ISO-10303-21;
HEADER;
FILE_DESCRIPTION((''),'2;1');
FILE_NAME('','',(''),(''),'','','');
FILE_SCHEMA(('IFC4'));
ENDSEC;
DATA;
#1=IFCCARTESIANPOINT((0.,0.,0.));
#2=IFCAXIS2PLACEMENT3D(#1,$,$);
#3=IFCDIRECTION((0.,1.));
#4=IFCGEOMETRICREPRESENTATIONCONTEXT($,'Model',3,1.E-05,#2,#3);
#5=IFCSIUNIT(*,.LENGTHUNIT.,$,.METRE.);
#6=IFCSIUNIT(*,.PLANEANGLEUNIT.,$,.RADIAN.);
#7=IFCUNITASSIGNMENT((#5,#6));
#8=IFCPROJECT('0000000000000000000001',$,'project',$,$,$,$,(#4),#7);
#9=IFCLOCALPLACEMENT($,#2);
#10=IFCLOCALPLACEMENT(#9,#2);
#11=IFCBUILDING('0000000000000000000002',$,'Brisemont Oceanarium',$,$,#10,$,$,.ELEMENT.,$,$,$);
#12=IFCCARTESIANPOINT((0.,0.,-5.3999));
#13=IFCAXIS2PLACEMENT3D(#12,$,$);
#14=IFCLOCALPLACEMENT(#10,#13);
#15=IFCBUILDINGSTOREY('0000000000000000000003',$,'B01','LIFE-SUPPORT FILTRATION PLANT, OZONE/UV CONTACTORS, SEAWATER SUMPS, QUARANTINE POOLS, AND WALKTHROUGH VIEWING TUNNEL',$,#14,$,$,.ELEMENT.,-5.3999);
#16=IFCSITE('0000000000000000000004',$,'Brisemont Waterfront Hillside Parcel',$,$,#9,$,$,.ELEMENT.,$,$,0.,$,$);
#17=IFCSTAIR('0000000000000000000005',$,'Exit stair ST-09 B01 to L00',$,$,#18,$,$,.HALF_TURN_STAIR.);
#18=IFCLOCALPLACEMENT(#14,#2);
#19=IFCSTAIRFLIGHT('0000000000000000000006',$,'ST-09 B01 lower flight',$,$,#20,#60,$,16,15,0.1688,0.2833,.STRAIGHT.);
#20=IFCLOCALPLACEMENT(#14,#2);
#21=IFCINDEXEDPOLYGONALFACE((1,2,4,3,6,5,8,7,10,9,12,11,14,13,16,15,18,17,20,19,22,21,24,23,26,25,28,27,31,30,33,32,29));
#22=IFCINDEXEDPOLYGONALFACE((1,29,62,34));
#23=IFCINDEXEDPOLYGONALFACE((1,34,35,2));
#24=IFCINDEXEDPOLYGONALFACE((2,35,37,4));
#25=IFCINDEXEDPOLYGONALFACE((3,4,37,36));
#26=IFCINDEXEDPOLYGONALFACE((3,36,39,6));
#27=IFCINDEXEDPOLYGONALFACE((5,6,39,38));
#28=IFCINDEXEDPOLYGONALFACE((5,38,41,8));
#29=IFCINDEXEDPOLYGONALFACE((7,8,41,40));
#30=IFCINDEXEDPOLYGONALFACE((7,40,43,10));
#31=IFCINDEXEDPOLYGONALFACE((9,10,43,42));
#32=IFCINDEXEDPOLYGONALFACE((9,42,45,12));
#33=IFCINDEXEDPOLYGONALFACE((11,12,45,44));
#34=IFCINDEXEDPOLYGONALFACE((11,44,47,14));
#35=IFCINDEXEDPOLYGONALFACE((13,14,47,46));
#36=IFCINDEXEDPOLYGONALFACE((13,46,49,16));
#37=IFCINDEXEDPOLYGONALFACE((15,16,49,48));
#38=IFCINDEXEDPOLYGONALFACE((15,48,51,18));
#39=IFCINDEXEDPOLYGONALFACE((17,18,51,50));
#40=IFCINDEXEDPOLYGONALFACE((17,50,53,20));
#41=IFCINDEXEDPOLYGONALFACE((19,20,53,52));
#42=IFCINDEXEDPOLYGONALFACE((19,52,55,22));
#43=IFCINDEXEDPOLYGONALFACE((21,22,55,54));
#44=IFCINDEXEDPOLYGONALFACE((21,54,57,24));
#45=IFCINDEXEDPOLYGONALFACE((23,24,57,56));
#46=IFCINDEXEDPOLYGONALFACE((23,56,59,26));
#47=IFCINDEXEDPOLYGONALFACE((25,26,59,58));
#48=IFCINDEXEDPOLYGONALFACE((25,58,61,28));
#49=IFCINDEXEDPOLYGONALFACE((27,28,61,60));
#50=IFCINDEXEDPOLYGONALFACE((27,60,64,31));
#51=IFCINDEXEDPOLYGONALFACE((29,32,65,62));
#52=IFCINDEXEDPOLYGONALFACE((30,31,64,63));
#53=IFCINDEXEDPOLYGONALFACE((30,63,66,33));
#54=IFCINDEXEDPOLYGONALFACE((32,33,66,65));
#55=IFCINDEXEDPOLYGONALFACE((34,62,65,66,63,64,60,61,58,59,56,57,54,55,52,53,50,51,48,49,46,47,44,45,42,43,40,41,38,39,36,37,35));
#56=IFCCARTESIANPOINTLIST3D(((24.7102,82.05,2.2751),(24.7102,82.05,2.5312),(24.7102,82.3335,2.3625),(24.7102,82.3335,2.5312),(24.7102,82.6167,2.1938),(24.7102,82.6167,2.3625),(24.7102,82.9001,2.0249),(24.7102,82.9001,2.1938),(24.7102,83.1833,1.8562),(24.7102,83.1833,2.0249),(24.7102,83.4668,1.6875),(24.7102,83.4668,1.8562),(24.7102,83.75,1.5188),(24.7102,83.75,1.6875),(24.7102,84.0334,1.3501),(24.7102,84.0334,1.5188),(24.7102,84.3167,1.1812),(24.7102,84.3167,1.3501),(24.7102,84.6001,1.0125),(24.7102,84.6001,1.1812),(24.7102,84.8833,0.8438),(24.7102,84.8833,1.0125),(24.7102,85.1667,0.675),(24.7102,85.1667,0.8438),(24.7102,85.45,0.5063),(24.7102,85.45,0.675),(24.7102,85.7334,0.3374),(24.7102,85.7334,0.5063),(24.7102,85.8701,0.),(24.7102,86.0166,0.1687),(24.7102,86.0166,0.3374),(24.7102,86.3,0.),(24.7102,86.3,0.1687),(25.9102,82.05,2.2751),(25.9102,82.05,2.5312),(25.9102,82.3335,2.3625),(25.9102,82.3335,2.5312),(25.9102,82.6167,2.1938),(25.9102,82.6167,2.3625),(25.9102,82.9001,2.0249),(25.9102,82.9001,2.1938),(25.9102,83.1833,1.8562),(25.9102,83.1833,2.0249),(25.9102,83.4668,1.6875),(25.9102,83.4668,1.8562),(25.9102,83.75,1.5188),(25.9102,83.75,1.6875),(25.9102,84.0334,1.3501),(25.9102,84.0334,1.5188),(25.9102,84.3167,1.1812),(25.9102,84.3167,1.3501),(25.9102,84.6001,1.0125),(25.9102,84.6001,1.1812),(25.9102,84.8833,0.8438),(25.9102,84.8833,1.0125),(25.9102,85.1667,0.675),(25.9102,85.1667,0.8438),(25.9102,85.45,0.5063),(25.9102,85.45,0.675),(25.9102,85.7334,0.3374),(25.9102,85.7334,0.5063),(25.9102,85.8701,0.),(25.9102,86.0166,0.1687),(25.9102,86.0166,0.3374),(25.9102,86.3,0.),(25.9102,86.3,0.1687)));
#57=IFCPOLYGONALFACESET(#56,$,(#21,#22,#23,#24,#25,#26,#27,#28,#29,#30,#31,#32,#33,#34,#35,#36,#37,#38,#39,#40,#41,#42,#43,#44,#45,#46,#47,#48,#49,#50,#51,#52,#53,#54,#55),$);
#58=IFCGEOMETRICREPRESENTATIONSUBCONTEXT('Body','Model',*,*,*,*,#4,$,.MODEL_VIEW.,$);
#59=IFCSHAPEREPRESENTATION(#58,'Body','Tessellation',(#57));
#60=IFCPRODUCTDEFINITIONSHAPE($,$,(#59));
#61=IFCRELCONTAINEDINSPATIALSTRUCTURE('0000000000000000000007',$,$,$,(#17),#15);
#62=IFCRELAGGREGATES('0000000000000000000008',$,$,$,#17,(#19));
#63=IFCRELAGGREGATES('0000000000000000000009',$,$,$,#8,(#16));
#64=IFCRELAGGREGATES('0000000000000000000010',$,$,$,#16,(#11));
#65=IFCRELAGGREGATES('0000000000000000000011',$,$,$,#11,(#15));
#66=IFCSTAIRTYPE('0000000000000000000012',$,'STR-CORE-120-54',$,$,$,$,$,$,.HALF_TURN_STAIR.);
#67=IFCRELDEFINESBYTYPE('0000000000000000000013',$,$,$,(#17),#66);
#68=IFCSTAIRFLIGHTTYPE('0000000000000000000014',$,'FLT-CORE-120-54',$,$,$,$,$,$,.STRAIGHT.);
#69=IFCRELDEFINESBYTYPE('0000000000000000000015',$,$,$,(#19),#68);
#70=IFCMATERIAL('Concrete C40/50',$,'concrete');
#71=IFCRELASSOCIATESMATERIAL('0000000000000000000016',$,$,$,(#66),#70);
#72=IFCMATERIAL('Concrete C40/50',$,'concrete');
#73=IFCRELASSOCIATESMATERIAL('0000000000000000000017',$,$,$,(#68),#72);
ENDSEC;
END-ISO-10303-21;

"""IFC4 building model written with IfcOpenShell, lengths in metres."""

from ifc_helpers import new_model, si_unit, direction, frame, origin, place, context, subcontext, project, spatial, polyline, outline, extrude, material, type_object, element, aggregate, save


model = new_model("IFC4")

# Units and contexts
model_context = context("Model", 3, precision=1e-05, world=origin(), true_north=direction((0.0, 1.0)))
body_context = subcontext(model_context, "Body", "Model", "MODEL_VIEW")
ifc_project = project(units=[si_unit("LENGTHUNIT", "METRE"), si_unit("PLANEANGLEUNIT", "RADIAN")], contexts=[model_context])

# Site, building, storey
site_placement = place(None, origin())
site = spatial("IfcSite", under=ifc_project, at=site_placement, Name="Brisemont Waterfront Hillside Parcel", CompositionType="ELEMENT", RefElevation=0.0)
building_placement = place(site_placement, origin())
building = spatial("IfcBuilding", under=site, at=building_placement, Name="Brisemont Oceanarium", CompositionType="ELEMENT")
storey_placement = place(building_placement, frame((0.0, 0.0, -5.3999)))
storey = spatial("IfcBuildingStorey", under=building, at=storey_placement, Name="B01", Description="LIFE-SUPPORT FILTRATION PLANT, OZONE/UV CONTACTORS, SEAWATER SUMPS, QUARANTINE POOLS, AND WALKTHROUGH VIEWING TUNNEL", CompositionType="ELEMENT", Elevation=-5.3999)

# Stair, stair flight
ifc_material_1 = material(Name="Concrete C40/50", Category="concrete")
stair_type = type_object("IfcStairType", Name="STR-CORE-120-54", PredefinedType="HALF_TURN_STAIR", material=ifc_material_1)
stair_placement = place(storey_placement, origin())
stair = element("IfcStair", 1, at=stair_placement, inside=storey, type_object=stair_type, Name="Exit stair ST-09 B01 to L00", PredefinedType="HALF_TURN_STAIR")
ifc_material_2 = material(Name="Concrete C40/50", Category="concrete")
stair_flight_type = type_object("IfcStairFlightType", Name="FLT-CORE-120-54", PredefinedType="STRAIGHT", material=ifc_material_2)
stair_flight_placement = place(storey_placement, frame((25.3101, 86.3, 0.0), z_axis=(0.0, 0.0, 1.0), x_axis=(0.0, -1.0, 0.0)))
stair_flight = element("IfcStairFlight", 2, at=stair_flight_placement, type_object=stair_flight_type, Name="ST-09 B01 lower flight", NumberOfRisers=16, NumberOfTreads=15, PredefinedType="STRAIGHT", RiserHeight=0.1688, TreadLength=0.2833, context=body_context, shape_type="SweptSolid", body=[
    extrude(outline(polyline([(0.0, 0.0), (0.0, 0.1687), (0.2834, 0.1687), (0.2834, 0.3374), (0.5667, 0.3374), (0.5667, 0.5063), (0.8501, 0.5063), (0.8501, 0.675), (1.1333, 0.675), (1.1333, 0.8438), (1.4167, 0.8438), (1.4167, 1.0125), (1.7, 1.0125), (1.7, 1.1812), (1.9834, 1.1812), (1.9834, 1.3501), (2.2666, 1.3501), (2.2666, 1.5188), (2.55, 1.5188), (2.55, 1.6875), (2.8333, 1.6875), (2.8333, 1.8562), (3.1167, 1.8562), (3.1167, 2.0249), (3.3999, 2.0249), (3.3999, 2.1938), (3.6833, 2.1938), (3.6833, 2.3625), (3.9666, 2.3625), (3.9666, 2.5312), (4.25, 2.5312), (4.25, 2.7), (4.25, 2.2751), (0.4299, 0.0), (0.0, 0.0)])), frame((0.0, 0.6001, 0.0), z_axis=(0.0, -1.0, 0.0), x_axis=(1.0, 0.0, 0.0)), (0.0, 0.0, 1.0), 1.2),
])
aggregate(stair, [stair_flight])

save(model, "model.ifc")
